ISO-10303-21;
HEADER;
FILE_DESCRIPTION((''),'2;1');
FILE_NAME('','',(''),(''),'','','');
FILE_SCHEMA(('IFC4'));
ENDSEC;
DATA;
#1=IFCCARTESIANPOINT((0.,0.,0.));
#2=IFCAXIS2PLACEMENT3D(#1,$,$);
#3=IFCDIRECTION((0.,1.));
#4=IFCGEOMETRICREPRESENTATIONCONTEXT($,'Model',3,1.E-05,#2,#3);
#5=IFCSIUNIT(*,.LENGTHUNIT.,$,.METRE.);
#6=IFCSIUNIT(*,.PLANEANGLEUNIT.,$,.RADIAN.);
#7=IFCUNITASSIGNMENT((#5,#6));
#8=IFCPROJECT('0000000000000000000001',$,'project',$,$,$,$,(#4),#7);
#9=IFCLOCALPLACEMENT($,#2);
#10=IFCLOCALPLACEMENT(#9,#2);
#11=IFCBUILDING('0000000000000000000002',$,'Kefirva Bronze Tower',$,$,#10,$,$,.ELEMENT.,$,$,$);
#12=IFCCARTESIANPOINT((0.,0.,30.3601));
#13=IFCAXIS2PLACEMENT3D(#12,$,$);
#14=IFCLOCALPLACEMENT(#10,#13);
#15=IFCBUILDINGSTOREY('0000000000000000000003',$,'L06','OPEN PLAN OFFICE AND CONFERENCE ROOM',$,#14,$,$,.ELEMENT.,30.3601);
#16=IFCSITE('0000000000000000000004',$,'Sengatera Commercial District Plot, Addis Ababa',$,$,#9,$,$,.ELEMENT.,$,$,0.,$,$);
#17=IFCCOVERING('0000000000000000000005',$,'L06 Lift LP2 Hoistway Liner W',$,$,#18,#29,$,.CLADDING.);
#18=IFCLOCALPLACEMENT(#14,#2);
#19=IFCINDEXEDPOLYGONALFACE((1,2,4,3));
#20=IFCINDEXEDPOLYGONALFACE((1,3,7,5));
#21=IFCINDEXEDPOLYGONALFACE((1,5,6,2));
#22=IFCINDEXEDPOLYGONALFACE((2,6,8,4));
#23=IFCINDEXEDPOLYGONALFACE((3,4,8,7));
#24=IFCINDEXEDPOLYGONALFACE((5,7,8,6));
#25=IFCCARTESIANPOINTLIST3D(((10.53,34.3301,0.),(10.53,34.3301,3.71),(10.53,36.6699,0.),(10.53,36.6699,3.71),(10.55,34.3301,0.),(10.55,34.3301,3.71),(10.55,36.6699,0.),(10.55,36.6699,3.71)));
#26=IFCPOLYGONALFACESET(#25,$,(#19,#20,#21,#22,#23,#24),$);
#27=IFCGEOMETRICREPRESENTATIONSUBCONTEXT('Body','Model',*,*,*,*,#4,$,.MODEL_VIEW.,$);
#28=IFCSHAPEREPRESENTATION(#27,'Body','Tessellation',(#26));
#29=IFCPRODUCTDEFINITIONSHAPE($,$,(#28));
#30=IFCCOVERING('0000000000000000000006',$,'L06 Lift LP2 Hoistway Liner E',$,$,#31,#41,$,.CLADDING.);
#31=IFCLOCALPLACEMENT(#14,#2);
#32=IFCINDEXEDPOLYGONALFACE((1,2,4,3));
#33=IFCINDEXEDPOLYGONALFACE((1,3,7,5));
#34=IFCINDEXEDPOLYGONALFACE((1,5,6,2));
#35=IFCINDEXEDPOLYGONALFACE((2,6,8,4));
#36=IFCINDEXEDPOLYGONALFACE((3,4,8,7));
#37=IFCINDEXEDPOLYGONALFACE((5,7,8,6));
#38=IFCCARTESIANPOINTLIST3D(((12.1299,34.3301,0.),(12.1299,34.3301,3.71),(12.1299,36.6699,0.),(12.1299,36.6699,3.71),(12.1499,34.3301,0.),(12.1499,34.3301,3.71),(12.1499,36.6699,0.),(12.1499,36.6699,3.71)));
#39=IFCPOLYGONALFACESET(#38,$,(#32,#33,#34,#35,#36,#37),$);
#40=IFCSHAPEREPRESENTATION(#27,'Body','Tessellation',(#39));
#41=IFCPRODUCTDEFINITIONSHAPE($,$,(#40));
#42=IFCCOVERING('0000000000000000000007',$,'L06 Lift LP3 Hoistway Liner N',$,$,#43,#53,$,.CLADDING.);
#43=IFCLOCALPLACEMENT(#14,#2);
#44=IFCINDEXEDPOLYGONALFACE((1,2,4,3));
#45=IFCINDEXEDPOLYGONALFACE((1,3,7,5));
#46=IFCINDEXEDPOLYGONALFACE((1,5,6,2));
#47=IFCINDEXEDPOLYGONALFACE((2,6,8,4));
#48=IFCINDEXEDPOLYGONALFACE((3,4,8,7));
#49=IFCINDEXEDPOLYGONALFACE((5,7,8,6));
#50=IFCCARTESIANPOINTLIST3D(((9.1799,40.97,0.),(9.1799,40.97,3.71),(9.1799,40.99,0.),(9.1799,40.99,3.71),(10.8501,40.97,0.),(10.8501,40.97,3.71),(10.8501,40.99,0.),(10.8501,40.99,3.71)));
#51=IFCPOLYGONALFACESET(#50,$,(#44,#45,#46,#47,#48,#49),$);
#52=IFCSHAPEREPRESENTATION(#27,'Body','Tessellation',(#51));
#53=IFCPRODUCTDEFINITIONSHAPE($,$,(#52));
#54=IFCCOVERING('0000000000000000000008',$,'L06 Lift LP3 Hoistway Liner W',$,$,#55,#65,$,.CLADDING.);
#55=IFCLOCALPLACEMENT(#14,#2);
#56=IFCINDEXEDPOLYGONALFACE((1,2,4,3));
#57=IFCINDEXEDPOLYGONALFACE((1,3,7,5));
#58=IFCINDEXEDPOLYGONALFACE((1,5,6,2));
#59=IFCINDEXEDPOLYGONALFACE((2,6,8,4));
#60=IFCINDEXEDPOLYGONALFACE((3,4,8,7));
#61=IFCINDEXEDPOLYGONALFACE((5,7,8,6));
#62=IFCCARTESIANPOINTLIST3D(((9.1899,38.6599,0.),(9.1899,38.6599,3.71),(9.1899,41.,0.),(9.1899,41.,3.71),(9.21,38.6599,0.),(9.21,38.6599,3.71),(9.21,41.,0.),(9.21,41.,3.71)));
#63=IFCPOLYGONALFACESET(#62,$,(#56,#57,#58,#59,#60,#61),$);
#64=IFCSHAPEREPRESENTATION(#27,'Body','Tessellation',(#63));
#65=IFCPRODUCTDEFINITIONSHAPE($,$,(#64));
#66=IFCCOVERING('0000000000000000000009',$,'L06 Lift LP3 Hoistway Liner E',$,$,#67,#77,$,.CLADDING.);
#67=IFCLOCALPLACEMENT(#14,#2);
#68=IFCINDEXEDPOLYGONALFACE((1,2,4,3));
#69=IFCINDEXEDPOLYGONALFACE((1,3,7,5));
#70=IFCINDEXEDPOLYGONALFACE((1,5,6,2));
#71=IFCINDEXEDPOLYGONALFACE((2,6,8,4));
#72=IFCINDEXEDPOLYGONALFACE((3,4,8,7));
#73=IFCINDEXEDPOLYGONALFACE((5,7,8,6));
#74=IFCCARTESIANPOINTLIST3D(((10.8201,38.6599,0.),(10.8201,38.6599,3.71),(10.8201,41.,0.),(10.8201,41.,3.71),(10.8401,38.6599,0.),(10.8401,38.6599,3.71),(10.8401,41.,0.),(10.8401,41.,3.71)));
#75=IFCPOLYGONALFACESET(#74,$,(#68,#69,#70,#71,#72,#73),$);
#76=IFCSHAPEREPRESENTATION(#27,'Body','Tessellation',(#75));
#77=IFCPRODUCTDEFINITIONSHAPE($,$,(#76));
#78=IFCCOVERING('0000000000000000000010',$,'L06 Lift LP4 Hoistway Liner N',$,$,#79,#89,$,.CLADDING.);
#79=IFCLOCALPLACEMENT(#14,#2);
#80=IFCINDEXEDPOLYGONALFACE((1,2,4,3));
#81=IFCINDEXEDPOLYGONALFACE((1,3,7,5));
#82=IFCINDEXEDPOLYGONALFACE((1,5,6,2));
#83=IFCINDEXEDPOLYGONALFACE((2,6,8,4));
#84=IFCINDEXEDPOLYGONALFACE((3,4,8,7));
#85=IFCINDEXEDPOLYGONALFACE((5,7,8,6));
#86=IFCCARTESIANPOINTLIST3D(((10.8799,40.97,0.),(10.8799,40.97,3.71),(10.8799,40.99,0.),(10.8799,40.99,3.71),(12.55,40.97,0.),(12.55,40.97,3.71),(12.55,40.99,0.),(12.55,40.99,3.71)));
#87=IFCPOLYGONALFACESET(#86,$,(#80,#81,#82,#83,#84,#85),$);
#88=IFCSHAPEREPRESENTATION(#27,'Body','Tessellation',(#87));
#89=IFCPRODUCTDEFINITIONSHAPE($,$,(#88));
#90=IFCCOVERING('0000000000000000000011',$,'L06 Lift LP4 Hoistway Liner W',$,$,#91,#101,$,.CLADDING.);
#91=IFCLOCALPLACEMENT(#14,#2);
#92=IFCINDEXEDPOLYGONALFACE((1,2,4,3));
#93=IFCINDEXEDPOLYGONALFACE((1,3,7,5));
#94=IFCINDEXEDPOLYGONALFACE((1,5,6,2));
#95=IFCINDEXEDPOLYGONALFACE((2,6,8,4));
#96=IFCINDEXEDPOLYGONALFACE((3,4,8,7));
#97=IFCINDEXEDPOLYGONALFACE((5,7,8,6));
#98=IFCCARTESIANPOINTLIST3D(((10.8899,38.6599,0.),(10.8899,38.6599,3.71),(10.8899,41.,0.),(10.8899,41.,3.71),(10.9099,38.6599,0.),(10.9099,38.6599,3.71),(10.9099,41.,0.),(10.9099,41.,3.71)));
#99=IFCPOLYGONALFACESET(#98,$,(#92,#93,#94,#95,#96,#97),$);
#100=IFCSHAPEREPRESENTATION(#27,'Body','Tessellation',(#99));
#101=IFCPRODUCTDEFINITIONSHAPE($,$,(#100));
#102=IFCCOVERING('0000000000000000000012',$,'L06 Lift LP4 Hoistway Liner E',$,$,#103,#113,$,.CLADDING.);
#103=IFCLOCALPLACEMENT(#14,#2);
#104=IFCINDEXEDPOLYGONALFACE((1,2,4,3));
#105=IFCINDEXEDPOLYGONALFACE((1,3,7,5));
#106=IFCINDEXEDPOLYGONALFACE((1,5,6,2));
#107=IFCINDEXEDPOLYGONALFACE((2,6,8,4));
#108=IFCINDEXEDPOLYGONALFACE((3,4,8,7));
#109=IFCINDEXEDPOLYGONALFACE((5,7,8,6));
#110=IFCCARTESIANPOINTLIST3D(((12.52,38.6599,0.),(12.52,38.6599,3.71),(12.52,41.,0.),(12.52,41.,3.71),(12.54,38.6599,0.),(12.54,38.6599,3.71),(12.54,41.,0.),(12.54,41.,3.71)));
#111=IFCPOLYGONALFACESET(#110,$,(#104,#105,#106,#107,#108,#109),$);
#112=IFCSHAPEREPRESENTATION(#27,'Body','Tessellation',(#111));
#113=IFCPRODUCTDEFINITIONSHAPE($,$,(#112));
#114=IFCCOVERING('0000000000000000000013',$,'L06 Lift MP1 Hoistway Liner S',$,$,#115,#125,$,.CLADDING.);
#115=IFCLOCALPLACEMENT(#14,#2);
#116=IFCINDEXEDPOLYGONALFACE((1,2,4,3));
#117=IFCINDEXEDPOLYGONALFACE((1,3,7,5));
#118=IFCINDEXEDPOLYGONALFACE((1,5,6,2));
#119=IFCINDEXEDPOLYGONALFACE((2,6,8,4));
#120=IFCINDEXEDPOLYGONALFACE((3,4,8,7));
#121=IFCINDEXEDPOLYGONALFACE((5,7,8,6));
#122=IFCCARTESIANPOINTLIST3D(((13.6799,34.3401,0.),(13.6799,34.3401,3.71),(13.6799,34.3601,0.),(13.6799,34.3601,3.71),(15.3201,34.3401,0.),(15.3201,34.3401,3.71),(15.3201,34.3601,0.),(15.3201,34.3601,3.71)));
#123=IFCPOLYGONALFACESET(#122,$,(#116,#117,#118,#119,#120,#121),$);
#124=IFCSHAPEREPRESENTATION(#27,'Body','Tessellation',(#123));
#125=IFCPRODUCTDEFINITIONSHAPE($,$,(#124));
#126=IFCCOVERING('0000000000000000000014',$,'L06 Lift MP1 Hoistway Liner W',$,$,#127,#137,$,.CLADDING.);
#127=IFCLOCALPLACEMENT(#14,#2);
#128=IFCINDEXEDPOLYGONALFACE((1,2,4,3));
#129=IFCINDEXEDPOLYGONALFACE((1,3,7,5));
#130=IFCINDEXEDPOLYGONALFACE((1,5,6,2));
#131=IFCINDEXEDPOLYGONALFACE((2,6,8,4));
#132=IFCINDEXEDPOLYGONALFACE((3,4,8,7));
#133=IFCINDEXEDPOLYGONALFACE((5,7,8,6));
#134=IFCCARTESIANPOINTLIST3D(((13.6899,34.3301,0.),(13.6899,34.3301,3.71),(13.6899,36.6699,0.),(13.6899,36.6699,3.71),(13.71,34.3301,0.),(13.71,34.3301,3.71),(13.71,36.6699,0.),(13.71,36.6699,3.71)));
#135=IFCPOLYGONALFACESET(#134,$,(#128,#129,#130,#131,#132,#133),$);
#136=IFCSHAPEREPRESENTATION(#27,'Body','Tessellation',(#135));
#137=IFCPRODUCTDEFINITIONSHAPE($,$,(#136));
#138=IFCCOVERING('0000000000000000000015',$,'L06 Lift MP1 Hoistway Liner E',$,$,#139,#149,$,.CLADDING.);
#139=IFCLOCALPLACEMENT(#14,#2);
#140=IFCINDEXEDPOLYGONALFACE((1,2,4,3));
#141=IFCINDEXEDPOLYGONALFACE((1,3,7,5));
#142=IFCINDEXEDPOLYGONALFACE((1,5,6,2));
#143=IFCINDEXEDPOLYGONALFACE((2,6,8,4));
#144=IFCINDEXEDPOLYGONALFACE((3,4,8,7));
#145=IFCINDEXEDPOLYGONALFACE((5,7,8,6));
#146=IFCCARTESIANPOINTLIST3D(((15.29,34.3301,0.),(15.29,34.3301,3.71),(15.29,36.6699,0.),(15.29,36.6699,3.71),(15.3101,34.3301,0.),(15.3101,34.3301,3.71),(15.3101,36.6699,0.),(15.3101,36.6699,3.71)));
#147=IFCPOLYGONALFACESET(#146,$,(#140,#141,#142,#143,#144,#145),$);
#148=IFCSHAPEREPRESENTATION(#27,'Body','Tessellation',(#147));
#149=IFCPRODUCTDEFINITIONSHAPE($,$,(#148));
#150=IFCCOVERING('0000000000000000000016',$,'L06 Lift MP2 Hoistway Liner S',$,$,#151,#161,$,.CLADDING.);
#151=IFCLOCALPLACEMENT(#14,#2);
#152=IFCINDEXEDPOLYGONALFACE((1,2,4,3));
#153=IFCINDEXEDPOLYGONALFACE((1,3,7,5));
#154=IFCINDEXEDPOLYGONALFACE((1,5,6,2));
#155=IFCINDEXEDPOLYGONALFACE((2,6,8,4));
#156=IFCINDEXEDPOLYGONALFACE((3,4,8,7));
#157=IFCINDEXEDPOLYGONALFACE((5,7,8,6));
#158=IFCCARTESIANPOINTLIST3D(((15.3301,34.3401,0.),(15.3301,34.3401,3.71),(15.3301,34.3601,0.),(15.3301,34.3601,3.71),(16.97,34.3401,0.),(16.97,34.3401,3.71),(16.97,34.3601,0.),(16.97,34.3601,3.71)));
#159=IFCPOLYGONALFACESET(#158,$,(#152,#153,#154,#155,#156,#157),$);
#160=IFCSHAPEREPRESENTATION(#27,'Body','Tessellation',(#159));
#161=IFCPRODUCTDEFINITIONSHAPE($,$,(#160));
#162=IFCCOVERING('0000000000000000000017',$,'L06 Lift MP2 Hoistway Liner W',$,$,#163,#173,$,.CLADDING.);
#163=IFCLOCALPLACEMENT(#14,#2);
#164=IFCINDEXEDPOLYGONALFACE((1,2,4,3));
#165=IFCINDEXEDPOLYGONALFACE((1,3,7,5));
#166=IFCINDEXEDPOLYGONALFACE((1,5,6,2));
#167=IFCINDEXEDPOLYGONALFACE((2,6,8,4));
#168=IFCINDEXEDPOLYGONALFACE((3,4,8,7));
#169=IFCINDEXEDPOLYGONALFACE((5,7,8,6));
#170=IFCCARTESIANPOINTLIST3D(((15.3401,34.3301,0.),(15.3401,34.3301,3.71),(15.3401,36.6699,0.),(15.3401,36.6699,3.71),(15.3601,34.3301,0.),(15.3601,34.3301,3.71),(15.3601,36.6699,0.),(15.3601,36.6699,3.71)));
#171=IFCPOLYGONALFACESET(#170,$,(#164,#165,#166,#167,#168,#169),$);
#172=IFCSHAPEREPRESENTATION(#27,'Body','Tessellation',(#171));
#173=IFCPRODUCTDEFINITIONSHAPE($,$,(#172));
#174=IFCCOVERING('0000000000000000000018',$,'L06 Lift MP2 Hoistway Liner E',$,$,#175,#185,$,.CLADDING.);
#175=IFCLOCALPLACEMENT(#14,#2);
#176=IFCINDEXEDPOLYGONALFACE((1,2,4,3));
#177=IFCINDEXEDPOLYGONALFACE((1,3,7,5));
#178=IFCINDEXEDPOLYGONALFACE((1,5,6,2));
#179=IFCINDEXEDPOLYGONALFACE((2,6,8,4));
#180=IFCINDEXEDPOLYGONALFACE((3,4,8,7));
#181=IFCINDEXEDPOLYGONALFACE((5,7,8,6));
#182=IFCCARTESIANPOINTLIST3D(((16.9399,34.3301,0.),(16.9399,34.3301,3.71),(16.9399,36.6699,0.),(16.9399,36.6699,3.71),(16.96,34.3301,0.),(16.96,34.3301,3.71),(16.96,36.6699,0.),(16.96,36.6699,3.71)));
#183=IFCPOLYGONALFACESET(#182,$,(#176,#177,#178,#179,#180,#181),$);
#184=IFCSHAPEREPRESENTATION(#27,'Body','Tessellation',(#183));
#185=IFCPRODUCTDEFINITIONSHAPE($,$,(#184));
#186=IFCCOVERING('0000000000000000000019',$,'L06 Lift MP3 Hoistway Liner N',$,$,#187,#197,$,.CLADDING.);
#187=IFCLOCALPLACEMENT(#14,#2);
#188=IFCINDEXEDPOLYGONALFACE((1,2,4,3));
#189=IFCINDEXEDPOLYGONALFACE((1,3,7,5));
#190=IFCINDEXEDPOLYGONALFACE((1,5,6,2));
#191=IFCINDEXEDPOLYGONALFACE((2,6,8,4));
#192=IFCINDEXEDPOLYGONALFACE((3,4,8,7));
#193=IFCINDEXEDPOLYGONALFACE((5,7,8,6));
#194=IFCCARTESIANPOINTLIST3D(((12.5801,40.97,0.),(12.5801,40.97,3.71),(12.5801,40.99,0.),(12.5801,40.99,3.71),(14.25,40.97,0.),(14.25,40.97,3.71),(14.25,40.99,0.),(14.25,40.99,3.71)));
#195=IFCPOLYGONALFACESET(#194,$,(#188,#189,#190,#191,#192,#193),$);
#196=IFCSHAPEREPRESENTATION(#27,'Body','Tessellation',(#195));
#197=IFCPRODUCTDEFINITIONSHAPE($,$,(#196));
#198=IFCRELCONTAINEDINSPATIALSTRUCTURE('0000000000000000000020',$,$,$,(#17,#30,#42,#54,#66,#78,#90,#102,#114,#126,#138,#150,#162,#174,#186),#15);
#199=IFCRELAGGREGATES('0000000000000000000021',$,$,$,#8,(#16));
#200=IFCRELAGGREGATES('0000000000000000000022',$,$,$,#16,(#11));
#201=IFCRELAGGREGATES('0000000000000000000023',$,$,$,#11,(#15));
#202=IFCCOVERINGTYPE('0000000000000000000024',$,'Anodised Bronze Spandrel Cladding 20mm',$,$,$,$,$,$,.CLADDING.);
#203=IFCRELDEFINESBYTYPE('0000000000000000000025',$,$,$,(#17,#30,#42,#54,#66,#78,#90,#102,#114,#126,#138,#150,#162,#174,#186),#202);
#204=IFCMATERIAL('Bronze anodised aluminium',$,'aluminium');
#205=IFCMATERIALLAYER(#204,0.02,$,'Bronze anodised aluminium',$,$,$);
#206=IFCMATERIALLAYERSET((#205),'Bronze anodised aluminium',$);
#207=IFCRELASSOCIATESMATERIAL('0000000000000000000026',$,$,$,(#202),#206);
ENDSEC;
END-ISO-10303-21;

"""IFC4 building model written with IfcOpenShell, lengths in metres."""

from ifc_helpers import new_model, si_unit, direction, frame, origin, place, context, subcontext, project, spatial, polyline, outline, extrude, material, layer, layer_set, type_object, element, save


model = new_model("IFC4")

# Units and contexts
model_context = context("Model", 3, precision=1e-05, world=origin(), true_north=direction((0.0, 1.0)))
body_context = subcontext(model_context, "Body", "Model", "MODEL_VIEW")
ifc_project = project(units=[si_unit("LENGTHUNIT", "METRE"), si_unit("PLANEANGLEUNIT", "RADIAN")], contexts=[model_context])

# Site, building, storey
site_placement = place(None, origin())
site = spatial("IfcSite", under=ifc_project, at=site_placement, Name="Sengatera Commercial District Plot, Addis Ababa", CompositionType="ELEMENT", RefElevation=0.0)
building_placement = place(site_placement, origin())
building = spatial("IfcBuilding", under=site, at=building_placement, Name="Kefirva Bronze Tower", CompositionType="ELEMENT")
storey_placement = place(building_placement, frame((0.0, 0.0, 30.3601)))
storey = spatial("IfcBuildingStorey", under=building, at=storey_placement, Name="L06", Description="OPEN PLAN OFFICE AND CONFERENCE ROOM", CompositionType="ELEMENT", Elevation=30.3601)

# Coverings
ifc_material = material(Name="Bronze anodised aluminium", Category="aluminium")
ifc_layer_1 = layer(ifc_material, 0.02, Name="Bronze anodised aluminium")
ifc_layer_set_1 = layer_set([ifc_layer_1], Name="Bronze anodised aluminium")
covering_type_1 = type_object("IfcCoveringType", Name="Anodised Bronze Spandrel Cladding 20mm", PredefinedType="CLADDING", material=ifc_layer_set_1)
covering_1_placement = place(storey_placement, origin())
element("IfcCovering", 1, at=covering_1_placement, inside=storey, type_object=covering_type_1, Name="L06 Lift LP2 Hoistway Liner W", PredefinedType="CLADDING", context=body_context, shape_type="SweptSolid", body=[
    extrude(outline(polyline([(10.53, 34.3301), (10.55, 34.3301), (10.55, 36.6699), (10.53, 36.6699), (10.53, 34.3301)])), origin(), (0.0, 0.0, 1.0), 3.71),
])
covering_2_placement = place(storey_placement, origin())
element("IfcCovering", 2, at=covering_2_placement, inside=storey, type_object=covering_type_1, Name="L06 Lift LP2 Hoistway Liner E", PredefinedType="CLADDING", context=body_context, shape_type="SweptSolid", body=[
    extrude(outline(polyline([(12.1299, 34.3301), (12.1499, 34.3301), (12.1499, 36.6699), (12.1299, 36.6699), (12.1299, 34.3301)])), origin(), (0.0, 0.0, 1.0), 3.71),
])
covering_3_placement = place(storey_placement, origin())
element("IfcCovering", 3, at=covering_3_placement, inside=storey, type_object=covering_type_1, Name="L06 Lift LP3 Hoistway Liner N", PredefinedType="CLADDING", context=body_context, shape_type="SweptSolid", body=[
    extrude(outline(polyline([(9.1799, 40.97), (10.8501, 40.97), (10.8501, 40.99), (9.1799, 40.99), (9.1799, 40.97)])), origin(), (0.0, 0.0, 1.0), 3.71),
])
covering_4_placement = place(storey_placement, origin())
element("IfcCovering", 4, at=covering_4_placement, inside=storey, type_object=covering_type_1, Name="L06 Lift LP3 Hoistway Liner W", PredefinedType="CLADDING", context=body_context, shape_type="SweptSolid", body=[
    extrude(outline(polyline([(9.1899, 38.6599), (9.21, 38.6599), (9.21, 41.0), (9.1899, 41.0), (9.1899, 38.6599)])), origin(), (0.0, 0.0, 1.0), 3.71),
])
covering_5_placement = place(storey_placement, origin())
element("IfcCovering", 5, at=covering_5_placement, inside=storey, type_object=covering_type_1, Name="L06 Lift LP3 Hoistway Liner E", PredefinedType="CLADDING", context=body_context, shape_type="SweptSolid", body=[
    extrude(outline(polyline([(10.8201, 38.6599), (10.8401, 38.6599), (10.8401, 41.0), (10.8201, 41.0), (10.8201, 38.6599)])), origin(), (0.0, 0.0, 1.0), 3.71),
])
covering_6_placement = place(storey_placement, origin())
element("IfcCovering", 6, at=covering_6_placement, inside=storey, type_object=covering_type_1, Name="L06 Lift LP4 Hoistway Liner N", PredefinedType="CLADDING", context=body_context, shape_type="SweptSolid", body=[
    extrude(outline(polyline([(10.8799, 40.97), (12.55, 40.97), (12.55, 40.99), (10.8799, 40.99), (10.8799, 40.97)])), origin(), (0.0, 0.0, 1.0), 3.71),
])
covering_7_placement = place(storey_placement, origin())
element("IfcCovering", 7, at=covering_7_placement, inside=storey, type_object=covering_type_1, Name="L06 Lift LP4 Hoistway Liner W", PredefinedType="CLADDING", context=body_context, shape_type="SweptSolid", body=[
    extrude(outline(polyline([(10.8899, 38.6599), (10.9099, 38.6599), (10.9099, 41.0), (10.8899, 41.0), (10.8899, 38.6599)])), origin(), (0.0, 0.0, 1.0), 3.71),
])
covering_8_placement = place(storey_placement, origin())
element("IfcCovering", 8, at=covering_8_placement, inside=storey, type_object=covering_type_1, Name="L06 Lift LP4 Hoistway Liner E", PredefinedType="CLADDING", context=body_context, shape_type="SweptSolid", body=[
    extrude(outline(polyline([(12.52, 38.6599), (12.54, 38.6599), (12.54, 41.0), (12.52, 41.0), (12.52, 38.6599)])), origin(), (0.0, 0.0, 1.0), 3.71),
])
covering_9_placement = place(storey_placement, origin())
element("IfcCovering", 9, at=covering_9_placement, inside=storey, type_object=covering_type_1, Name="L06 Lift MP1 Hoistway Liner S", PredefinedType="CLADDING", context=body_context, shape_type="SweptSolid", body=[
    extrude(outline(polyline([(13.6799, 34.3401), (15.3201, 34.3401), (15.3201, 34.3601), (13.6799, 34.3601), (13.6799, 34.3401)])), origin(), (0.0, 0.0, 1.0), 3.71),
])
covering_10_placement = place(storey_placement, origin())
element("IfcCovering", 10, at=covering_10_placement, inside=storey, type_object=covering_type_1, Name="L06 Lift MP1 Hoistway Liner W", PredefinedType="CLADDING", context=body_context, shape_type="SweptSolid", body=[
    extrude(outline(polyline([(13.6899, 34.3301), (13.71, 34.3301), (13.71, 36.6699), (13.6899, 36.6699), (13.6899, 34.3301)])), origin(), (0.0, 0.0, 1.0), 3.71),
])
covering_11_placement = place(storey_placement, origin())
element("IfcCovering", 11, at=covering_11_placement, inside=storey, type_object=covering_type_1, Name="L06 Lift MP1 Hoistway Liner E", PredefinedType="CLADDING", context=body_context, shape_type="SweptSolid", body=[
    extrude(outline(polyline([(15.29, 34.3301), (15.3101, 34.3301), (15.3101, 36.6699), (15.29, 36.6699), (15.29, 34.3301)])), origin(), (0.0, 0.0, 1.0), 3.71),
])
covering_12_placement = place(storey_placement, origin())
element("IfcCovering", 12, at=covering_12_placement, inside=storey, type_object=covering_type_1, Name="L06 Lift MP2 Hoistway Liner S", PredefinedType="CLADDING", context=body_context, shape_type="SweptSolid", body=[
    extrude(outline(polyline([(15.3301, 34.3401), (16.97, 34.3401), (16.97, 34.3601), (15.3301, 34.3601), (15.3301, 34.3401)])), origin(), (0.0, 0.0, 1.0), 3.71),
])
covering_13_placement = place(storey_placement, origin())
element("IfcCovering", 13, at=covering_13_placement, inside=storey, type_object=covering_type_1, Name="L06 Lift MP2 Hoistway Liner W", PredefinedType="CLADDING", context=body_context, shape_type="SweptSolid", body=[
    extrude(outline(polyline([(15.3401, 34.3301), (15.3601, 34.3301), (15.3601, 36.6699), (15.3401, 36.6699), (15.3401, 34.3301)])), origin(), (0.0, 0.0, 1.0), 3.71),
])
covering_14_placement = place(storey_placement, origin())
element("IfcCovering", 14, at=covering_14_placement, inside=storey, type_object=covering_type_1, Name="L06 Lift MP2 Hoistway Liner E", PredefinedType="CLADDING", context=body_context, shape_type="SweptSolid", body=[
    extrude(outline(polyline([(16.9399, 34.3301), (16.96, 34.3301), (16.96, 36.6699), (16.9399, 36.6699), (16.9399, 34.3301)])), origin(), (0.0, 0.0, 1.0), 3.71),
])
covering_15_placement = place(storey_placement, origin())
element("IfcCovering", 15, at=covering_15_placement, inside=storey, type_object=covering_type_1, Name="L06 Lift MP3 Hoistway Liner N", PredefinedType="CLADDING", context=body_context, shape_type="SweptSolid", body=[
    extrude(outline(polyline([(12.5801, 40.97), (14.25, 40.97), (14.25, 40.99), (12.5801, 40.99), (12.5801, 40.97)])), origin(), (0.0, 0.0, 1.0), 3.71),
])

save(model, "model.ifc")
